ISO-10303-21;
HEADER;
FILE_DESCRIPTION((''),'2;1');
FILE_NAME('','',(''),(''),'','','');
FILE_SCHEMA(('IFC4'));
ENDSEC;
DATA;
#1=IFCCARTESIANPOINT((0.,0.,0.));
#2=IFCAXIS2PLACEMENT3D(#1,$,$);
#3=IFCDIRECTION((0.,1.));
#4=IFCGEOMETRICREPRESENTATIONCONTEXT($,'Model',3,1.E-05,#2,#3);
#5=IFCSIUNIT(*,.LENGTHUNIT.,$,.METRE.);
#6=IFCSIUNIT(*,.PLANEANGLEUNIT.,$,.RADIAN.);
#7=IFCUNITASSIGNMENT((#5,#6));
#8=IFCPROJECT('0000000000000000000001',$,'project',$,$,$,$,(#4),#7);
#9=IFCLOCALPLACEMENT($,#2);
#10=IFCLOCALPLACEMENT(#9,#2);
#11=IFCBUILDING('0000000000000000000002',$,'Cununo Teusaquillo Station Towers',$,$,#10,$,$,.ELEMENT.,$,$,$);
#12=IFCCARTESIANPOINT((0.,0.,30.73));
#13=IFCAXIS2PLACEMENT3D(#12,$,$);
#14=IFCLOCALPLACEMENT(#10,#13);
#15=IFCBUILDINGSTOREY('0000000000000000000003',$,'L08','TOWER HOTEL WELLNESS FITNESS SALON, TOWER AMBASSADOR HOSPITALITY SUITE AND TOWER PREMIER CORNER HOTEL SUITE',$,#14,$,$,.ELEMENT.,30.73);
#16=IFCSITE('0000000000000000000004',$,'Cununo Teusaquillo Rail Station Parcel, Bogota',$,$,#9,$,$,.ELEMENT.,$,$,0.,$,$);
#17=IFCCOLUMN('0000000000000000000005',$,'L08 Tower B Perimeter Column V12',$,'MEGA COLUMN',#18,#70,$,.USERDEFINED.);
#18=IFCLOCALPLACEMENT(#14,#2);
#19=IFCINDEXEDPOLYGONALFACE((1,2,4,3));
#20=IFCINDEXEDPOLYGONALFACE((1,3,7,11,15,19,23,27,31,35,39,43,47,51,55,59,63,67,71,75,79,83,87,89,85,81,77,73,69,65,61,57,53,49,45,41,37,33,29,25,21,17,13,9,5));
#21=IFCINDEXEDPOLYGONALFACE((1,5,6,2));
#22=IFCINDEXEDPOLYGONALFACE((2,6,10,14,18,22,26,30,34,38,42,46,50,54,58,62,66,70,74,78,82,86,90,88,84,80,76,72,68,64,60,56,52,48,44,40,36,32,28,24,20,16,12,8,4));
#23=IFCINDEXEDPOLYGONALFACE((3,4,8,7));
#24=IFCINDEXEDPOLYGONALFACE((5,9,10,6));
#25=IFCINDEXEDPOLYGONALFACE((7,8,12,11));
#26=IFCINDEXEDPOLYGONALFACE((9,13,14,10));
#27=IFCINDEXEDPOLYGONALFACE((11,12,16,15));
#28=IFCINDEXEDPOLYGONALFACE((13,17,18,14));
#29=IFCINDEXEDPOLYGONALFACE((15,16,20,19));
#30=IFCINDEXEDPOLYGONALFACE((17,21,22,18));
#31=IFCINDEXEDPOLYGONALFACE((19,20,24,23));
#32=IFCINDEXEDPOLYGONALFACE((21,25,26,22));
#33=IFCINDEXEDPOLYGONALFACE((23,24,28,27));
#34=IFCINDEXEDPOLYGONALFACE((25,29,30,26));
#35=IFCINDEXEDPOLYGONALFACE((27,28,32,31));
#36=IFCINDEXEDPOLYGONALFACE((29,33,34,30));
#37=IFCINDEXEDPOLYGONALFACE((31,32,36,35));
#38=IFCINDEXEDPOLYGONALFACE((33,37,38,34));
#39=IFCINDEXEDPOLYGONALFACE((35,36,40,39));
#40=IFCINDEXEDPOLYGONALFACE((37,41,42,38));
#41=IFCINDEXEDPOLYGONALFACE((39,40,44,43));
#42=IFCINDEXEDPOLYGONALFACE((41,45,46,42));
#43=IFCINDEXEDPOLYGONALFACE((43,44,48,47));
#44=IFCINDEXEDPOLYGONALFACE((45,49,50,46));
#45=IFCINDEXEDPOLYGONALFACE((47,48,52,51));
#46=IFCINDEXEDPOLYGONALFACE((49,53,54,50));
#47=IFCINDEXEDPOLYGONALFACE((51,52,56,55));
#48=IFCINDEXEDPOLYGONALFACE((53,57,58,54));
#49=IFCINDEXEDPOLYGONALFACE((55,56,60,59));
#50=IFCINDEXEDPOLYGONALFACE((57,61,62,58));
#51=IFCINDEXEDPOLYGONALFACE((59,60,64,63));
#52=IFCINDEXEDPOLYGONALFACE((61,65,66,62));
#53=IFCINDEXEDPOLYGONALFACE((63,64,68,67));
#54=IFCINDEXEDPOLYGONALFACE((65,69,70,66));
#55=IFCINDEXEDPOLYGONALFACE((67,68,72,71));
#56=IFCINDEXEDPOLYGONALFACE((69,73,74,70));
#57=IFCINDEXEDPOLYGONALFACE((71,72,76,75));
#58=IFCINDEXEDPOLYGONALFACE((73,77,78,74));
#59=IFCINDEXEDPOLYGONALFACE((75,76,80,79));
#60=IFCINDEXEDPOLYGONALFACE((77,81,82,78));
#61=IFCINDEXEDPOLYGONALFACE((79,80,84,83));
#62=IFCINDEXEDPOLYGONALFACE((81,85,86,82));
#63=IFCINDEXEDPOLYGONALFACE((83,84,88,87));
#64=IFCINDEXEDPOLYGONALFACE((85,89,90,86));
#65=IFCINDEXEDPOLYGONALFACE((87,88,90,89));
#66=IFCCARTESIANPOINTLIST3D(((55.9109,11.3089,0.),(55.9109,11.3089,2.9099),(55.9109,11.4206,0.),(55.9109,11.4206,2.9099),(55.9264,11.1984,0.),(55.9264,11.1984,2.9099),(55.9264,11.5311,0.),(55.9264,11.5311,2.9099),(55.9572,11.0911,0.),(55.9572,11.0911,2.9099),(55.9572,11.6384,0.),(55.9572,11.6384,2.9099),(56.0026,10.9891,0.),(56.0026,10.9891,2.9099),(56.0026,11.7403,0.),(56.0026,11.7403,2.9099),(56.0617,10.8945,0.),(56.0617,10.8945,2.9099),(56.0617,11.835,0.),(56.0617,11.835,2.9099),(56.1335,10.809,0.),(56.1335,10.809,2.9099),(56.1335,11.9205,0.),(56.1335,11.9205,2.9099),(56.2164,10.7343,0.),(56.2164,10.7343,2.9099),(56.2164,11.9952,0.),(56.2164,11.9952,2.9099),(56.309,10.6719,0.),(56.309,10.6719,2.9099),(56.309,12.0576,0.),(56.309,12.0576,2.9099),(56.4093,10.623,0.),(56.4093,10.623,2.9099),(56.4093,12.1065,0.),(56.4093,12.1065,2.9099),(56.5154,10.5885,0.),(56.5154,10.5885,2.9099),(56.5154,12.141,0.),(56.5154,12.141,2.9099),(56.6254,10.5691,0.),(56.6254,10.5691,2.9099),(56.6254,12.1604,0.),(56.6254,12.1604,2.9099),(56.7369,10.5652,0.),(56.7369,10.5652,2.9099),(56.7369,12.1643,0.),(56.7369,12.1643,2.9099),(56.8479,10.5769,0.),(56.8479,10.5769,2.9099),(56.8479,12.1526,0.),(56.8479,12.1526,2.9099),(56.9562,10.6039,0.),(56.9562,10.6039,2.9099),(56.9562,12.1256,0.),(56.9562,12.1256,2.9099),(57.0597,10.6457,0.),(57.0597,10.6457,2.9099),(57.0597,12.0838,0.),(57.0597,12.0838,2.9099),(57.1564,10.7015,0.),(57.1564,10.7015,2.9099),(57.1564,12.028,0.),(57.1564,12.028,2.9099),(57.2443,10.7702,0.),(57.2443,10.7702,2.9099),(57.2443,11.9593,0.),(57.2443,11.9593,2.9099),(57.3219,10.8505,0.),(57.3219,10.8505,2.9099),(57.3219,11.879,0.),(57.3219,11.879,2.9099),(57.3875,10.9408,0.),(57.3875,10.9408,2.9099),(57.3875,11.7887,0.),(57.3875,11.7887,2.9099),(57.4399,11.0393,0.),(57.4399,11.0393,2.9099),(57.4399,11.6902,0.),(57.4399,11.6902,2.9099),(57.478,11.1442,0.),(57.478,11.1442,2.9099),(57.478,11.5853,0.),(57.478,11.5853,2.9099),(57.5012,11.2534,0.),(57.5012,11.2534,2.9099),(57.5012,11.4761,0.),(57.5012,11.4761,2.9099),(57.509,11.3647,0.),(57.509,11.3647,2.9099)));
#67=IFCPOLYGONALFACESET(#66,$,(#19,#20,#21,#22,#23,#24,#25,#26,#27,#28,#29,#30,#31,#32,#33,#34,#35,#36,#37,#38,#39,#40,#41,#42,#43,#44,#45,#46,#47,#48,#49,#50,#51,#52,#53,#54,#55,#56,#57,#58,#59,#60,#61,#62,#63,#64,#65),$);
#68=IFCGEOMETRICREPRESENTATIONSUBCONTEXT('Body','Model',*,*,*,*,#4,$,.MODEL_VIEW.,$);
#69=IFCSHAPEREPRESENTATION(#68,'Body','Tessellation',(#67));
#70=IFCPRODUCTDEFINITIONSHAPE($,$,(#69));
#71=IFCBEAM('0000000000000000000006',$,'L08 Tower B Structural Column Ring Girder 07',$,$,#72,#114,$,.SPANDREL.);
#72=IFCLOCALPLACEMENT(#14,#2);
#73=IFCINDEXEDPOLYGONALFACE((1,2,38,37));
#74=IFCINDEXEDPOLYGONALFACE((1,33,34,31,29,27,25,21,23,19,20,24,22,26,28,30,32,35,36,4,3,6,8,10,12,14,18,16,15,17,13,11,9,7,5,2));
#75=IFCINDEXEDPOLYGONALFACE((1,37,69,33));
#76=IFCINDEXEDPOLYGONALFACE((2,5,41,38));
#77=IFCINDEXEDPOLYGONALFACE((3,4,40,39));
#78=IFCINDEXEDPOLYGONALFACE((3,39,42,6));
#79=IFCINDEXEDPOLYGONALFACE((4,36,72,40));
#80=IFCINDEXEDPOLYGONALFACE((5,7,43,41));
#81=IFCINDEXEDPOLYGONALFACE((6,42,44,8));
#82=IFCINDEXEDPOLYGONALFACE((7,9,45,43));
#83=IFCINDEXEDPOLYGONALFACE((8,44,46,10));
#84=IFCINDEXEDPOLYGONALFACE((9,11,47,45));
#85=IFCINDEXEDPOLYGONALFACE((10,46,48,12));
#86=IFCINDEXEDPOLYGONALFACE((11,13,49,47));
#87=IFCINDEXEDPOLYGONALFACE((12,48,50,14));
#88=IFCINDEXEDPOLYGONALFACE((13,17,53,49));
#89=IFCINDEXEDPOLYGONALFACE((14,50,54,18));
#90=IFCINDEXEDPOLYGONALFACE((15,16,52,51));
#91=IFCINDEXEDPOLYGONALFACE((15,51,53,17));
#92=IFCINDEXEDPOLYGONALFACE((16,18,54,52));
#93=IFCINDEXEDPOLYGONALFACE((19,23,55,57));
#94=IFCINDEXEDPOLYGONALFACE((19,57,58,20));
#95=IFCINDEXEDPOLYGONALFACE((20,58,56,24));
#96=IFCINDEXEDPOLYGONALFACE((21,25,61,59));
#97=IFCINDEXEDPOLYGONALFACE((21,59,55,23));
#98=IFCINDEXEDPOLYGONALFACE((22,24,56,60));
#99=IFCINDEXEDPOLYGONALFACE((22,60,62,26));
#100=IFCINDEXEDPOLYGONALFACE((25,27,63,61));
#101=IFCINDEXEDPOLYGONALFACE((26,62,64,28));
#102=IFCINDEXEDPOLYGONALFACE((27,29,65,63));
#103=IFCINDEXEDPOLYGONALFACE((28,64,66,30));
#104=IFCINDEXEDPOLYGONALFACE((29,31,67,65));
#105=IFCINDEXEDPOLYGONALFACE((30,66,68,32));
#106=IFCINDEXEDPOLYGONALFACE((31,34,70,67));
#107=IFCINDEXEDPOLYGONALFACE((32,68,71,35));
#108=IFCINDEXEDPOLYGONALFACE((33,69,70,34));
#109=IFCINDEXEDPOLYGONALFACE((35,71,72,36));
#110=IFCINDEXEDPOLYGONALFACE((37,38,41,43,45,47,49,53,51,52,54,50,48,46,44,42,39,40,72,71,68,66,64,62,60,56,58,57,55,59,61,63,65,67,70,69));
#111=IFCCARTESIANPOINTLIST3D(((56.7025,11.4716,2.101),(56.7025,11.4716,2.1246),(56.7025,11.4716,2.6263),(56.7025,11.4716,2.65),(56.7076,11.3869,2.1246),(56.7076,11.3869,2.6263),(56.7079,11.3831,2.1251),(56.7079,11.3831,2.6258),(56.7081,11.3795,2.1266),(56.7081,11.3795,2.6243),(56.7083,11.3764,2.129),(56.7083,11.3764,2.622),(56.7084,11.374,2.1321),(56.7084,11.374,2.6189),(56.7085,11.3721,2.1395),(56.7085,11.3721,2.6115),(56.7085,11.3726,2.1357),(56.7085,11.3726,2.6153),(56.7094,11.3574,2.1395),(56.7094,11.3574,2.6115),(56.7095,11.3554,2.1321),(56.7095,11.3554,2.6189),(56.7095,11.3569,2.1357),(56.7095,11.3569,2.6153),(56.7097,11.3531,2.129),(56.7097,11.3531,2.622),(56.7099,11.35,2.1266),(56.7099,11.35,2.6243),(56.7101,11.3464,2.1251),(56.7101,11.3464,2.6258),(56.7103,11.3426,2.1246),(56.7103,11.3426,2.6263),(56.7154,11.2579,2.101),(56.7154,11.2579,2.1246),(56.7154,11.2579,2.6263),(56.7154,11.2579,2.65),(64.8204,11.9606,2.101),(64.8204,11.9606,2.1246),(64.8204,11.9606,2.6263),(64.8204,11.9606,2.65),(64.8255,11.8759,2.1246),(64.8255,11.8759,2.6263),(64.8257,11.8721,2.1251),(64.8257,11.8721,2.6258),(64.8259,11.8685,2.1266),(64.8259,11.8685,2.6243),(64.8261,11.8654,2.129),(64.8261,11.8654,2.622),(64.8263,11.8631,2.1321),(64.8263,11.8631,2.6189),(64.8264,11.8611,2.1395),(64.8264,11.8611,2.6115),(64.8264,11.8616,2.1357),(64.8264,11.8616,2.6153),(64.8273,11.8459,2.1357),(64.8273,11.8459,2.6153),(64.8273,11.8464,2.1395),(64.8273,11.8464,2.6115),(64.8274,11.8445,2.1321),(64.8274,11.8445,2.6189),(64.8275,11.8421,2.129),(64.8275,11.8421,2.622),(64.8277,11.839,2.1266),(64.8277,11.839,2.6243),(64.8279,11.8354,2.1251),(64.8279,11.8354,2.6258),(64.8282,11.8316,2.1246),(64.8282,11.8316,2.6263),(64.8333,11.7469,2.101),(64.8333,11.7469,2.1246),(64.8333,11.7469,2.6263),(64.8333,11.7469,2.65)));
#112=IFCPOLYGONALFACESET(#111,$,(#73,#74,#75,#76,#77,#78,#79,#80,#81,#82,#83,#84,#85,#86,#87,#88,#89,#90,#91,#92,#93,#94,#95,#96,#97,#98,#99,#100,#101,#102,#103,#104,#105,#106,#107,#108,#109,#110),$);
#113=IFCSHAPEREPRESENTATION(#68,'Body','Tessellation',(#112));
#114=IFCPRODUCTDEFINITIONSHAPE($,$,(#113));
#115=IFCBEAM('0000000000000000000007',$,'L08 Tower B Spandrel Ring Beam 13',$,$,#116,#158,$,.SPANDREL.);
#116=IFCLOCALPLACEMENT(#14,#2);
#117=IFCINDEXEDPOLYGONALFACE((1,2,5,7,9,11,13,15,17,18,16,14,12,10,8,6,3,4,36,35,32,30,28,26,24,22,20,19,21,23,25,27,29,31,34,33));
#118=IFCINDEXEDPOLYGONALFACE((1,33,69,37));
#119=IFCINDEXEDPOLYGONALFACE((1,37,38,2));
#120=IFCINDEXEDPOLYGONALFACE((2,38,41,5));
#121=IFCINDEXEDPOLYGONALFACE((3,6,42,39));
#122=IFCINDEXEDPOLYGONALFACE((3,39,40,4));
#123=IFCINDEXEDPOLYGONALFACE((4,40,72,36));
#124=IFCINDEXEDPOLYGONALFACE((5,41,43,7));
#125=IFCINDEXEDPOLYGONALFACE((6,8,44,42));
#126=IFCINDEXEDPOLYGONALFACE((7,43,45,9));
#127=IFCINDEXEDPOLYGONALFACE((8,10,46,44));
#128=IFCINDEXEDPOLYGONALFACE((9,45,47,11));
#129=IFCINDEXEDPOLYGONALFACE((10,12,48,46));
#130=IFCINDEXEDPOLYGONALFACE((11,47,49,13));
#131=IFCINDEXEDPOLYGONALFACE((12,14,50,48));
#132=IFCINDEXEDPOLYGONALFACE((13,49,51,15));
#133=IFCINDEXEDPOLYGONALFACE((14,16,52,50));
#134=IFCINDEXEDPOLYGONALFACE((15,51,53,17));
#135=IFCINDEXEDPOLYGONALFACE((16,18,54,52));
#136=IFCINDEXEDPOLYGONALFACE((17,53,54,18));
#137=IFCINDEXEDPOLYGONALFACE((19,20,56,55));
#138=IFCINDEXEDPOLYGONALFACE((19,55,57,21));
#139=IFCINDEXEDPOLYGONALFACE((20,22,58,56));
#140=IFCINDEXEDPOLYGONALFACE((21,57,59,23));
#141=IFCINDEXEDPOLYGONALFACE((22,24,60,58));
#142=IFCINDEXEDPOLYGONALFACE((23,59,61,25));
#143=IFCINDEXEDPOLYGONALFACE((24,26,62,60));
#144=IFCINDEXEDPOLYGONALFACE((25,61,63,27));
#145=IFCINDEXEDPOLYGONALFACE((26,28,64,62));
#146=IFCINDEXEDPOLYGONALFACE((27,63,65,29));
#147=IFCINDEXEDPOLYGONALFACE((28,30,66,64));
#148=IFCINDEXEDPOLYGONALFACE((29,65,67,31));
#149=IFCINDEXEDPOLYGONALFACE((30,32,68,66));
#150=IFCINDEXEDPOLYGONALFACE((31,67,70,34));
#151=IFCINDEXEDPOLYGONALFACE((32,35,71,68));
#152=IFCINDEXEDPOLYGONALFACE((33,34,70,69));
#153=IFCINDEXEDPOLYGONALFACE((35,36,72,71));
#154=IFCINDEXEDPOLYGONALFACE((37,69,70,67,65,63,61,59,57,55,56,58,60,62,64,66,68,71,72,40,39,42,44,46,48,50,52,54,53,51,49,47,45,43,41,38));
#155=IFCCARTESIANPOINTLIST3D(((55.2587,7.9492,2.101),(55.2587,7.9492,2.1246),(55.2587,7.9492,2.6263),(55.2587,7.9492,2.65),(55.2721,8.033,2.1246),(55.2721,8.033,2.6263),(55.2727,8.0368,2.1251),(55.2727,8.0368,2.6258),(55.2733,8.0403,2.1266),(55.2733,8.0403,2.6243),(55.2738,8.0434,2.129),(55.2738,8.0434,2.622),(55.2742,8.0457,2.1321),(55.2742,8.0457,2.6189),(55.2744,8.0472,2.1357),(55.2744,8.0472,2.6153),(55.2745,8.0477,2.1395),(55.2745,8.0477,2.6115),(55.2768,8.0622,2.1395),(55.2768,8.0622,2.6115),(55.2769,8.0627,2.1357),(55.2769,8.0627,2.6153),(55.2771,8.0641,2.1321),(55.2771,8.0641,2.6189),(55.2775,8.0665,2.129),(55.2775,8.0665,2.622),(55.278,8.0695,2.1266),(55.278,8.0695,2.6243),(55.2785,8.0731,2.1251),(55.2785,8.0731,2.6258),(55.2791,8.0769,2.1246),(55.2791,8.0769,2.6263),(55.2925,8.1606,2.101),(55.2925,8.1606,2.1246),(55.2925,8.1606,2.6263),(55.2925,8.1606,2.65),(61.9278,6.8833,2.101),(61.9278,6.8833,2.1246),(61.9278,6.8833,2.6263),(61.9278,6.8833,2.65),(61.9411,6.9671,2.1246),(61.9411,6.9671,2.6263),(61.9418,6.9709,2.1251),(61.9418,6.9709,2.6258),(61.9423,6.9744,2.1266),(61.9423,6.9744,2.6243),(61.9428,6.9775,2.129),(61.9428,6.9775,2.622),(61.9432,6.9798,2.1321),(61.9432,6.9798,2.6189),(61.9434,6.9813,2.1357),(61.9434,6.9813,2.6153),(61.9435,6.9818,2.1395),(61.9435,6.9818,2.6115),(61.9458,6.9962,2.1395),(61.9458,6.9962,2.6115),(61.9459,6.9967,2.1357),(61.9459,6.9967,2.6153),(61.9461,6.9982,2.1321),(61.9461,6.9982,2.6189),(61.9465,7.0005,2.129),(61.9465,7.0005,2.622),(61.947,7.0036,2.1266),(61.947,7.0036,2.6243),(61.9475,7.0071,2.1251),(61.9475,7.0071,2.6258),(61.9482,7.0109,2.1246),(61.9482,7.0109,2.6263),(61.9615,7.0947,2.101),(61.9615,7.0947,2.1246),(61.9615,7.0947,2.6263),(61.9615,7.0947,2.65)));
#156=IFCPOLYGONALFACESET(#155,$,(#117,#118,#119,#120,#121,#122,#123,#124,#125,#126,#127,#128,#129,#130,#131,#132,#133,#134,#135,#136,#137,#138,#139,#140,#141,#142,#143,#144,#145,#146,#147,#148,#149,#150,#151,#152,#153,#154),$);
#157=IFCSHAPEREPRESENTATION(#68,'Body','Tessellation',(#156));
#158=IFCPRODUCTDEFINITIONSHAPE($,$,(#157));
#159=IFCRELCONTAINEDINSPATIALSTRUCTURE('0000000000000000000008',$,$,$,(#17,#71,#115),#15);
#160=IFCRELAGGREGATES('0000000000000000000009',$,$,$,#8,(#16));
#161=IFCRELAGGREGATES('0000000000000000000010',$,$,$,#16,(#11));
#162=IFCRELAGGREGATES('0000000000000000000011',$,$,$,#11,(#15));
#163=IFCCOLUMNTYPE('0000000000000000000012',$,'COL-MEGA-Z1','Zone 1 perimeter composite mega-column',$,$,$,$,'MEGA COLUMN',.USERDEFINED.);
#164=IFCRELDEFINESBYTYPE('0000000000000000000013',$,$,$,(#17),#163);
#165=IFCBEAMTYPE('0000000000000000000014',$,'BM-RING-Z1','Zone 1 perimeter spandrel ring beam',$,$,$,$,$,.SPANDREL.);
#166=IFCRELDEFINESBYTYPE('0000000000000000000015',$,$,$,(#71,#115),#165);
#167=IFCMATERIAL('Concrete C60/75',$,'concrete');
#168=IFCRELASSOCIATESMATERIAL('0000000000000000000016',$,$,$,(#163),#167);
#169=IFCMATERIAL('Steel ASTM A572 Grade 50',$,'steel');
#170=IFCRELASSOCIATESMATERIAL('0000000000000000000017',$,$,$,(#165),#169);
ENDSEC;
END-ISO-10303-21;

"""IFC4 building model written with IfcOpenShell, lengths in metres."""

from ifc_helpers import new_model, si_unit, direction, frame, origin, origin_2d, place, context, subcontext, project, spatial, circle, i_section, extrude, material, material_profile, profile_set, type_object, element, save


model = new_model("IFC4")

# Units and contexts
model_context = context("Model", 3, precision=1e-05, world=origin(), true_north=direction((0.0, 1.0)))
body_context = subcontext(model_context, "Body", "Model", "MODEL_VIEW")
ifc_project = project(units=[si_unit("LENGTHUNIT", "METRE"), si_unit("PLANEANGLEUNIT", "RADIAN")], contexts=[model_context])

# Site, building, storey
site_placement = place(None, origin())
site = spatial("IfcSite", under=ifc_project, at=site_placement, Name="Cununo Teusaquillo Rail Station Parcel, Bogota", CompositionType="ELEMENT", RefElevation=0.0)
building_placement = place(site_placement, origin())
building = spatial("IfcBuilding", under=site, at=building_placement, Name="Cununo Teusaquillo Station Towers", CompositionType="ELEMENT")
storey_placement = place(building_placement, frame((0.0, 0.0, 30.73)))
storey = spatial("IfcBuildingStorey", under=building, at=storey_placement, Name="L08", Description="TOWER HOTEL WELLNESS FITNESS SALON, TOWER AMBASSADOR HOSPITALITY SUITE AND TOWER PREMIER CORNER HOTEL SUITE", CompositionType="ELEMENT", Elevation=30.73)

# Column
ifc_material_1 = material(Name="Concrete C60/75", Category="concrete")
ifc_material_profile_1 = material_profile(ifc_material_1, circle(Radius=0.8, at=origin_2d()), Name="RC-CIRC-1600")
ifc_profile_set_1 = profile_set([ifc_material_profile_1], Name="Concrete C60/75")
column_type = type_object("IfcColumnType", Name="COL-MEGA-Z1", Description="Zone 1 perimeter composite mega-column", ElementType="MEGA COLUMN", PredefinedType="USERDEFINED", material=ifc_profile_set_1)
column_placement = place(storey_placement, frame((56.709, 11.3647, 0.0), z_axis=(0.0, 0.0, 1.0), x_axis=(1.0, 0.0, 0.0)))
element("IfcColumn", 1, at=column_placement, inside=storey, type_object=column_type, Name="L08 Tower B Perimeter Column V12", ObjectType="MEGA COLUMN", PredefinedType="USERDEFINED", context=body_context, shape_type="SweptSolid", body=[
    extrude(circle(Radius=0.8, at=origin_2d()), origin(), (0.0, 0.0, 1.0), 2.9099),
])

# Beams
ifc_material_2 = material(Name="Steel ASTM A572 Grade 50", Category="steel")
ifc_material_profile_2 = material_profile(ifc_material_2, i_section(OverallWidth=0.2141, OverallDepth=0.5491, WebThickness=0.0146, FlangeThickness=0.0237, FilletRadius=0.0149, at=origin_2d()), Name="W21X93")
ifc_profile_set_2 = profile_set([ifc_material_profile_2], Name="Steel ASTM A572 Grade 50")
beam_type = type_object("IfcBeamType", Name="BM-RING-Z1", Description="Zone 1 perimeter spandrel ring beam", PredefinedType="SPANDREL", material=ifc_profile_set_2)
beam_1_placement = place(storey_placement, frame((56.709, 11.3647, 2.3755), z_axis=(0.998191, 0.06013, 0.0), x_axis=(-0.06013, 0.998191, 0.0)))
element("IfcBeam", 2, at=beam_1_placement, inside=storey, type_object=beam_type, Name="L08 Tower B Structural Column Ring Girder 07", PredefinedType="SPANDREL", context=body_context, shape_type="SweptSolid", body=[
    extrude(i_section(OverallWidth=0.2141, OverallDepth=0.5491, WebThickness=0.0146, FlangeThickness=0.0237, FilletRadius=0.0149, at=origin_2d()), origin(), (0.0, 0.0, 1.0), 8.1326),
])
beam_2_placement = place(storey_placement, frame((55.2756, 8.0549, 2.3755), z_axis=(0.987466, -0.15783, 0.0), x_axis=(0.15783, 0.987466, 0.0)))
element("IfcBeam", 3, at=beam_2_placement, inside=storey, type_object=beam_type, Name="L08 Tower B Spandrel Ring Beam 13", PredefinedType="SPANDREL", context=body_context, shape_type="SweptSolid", body=[
    extrude(i_section(OverallWidth=0.2141, OverallDepth=0.5491, WebThickness=0.0146, FlangeThickness=0.0237, FilletRadius=0.0149, at=origin_2d()), origin(), (0.0, 0.0, 1.0), 6.7537),
])

save(model, "model.ifc")
